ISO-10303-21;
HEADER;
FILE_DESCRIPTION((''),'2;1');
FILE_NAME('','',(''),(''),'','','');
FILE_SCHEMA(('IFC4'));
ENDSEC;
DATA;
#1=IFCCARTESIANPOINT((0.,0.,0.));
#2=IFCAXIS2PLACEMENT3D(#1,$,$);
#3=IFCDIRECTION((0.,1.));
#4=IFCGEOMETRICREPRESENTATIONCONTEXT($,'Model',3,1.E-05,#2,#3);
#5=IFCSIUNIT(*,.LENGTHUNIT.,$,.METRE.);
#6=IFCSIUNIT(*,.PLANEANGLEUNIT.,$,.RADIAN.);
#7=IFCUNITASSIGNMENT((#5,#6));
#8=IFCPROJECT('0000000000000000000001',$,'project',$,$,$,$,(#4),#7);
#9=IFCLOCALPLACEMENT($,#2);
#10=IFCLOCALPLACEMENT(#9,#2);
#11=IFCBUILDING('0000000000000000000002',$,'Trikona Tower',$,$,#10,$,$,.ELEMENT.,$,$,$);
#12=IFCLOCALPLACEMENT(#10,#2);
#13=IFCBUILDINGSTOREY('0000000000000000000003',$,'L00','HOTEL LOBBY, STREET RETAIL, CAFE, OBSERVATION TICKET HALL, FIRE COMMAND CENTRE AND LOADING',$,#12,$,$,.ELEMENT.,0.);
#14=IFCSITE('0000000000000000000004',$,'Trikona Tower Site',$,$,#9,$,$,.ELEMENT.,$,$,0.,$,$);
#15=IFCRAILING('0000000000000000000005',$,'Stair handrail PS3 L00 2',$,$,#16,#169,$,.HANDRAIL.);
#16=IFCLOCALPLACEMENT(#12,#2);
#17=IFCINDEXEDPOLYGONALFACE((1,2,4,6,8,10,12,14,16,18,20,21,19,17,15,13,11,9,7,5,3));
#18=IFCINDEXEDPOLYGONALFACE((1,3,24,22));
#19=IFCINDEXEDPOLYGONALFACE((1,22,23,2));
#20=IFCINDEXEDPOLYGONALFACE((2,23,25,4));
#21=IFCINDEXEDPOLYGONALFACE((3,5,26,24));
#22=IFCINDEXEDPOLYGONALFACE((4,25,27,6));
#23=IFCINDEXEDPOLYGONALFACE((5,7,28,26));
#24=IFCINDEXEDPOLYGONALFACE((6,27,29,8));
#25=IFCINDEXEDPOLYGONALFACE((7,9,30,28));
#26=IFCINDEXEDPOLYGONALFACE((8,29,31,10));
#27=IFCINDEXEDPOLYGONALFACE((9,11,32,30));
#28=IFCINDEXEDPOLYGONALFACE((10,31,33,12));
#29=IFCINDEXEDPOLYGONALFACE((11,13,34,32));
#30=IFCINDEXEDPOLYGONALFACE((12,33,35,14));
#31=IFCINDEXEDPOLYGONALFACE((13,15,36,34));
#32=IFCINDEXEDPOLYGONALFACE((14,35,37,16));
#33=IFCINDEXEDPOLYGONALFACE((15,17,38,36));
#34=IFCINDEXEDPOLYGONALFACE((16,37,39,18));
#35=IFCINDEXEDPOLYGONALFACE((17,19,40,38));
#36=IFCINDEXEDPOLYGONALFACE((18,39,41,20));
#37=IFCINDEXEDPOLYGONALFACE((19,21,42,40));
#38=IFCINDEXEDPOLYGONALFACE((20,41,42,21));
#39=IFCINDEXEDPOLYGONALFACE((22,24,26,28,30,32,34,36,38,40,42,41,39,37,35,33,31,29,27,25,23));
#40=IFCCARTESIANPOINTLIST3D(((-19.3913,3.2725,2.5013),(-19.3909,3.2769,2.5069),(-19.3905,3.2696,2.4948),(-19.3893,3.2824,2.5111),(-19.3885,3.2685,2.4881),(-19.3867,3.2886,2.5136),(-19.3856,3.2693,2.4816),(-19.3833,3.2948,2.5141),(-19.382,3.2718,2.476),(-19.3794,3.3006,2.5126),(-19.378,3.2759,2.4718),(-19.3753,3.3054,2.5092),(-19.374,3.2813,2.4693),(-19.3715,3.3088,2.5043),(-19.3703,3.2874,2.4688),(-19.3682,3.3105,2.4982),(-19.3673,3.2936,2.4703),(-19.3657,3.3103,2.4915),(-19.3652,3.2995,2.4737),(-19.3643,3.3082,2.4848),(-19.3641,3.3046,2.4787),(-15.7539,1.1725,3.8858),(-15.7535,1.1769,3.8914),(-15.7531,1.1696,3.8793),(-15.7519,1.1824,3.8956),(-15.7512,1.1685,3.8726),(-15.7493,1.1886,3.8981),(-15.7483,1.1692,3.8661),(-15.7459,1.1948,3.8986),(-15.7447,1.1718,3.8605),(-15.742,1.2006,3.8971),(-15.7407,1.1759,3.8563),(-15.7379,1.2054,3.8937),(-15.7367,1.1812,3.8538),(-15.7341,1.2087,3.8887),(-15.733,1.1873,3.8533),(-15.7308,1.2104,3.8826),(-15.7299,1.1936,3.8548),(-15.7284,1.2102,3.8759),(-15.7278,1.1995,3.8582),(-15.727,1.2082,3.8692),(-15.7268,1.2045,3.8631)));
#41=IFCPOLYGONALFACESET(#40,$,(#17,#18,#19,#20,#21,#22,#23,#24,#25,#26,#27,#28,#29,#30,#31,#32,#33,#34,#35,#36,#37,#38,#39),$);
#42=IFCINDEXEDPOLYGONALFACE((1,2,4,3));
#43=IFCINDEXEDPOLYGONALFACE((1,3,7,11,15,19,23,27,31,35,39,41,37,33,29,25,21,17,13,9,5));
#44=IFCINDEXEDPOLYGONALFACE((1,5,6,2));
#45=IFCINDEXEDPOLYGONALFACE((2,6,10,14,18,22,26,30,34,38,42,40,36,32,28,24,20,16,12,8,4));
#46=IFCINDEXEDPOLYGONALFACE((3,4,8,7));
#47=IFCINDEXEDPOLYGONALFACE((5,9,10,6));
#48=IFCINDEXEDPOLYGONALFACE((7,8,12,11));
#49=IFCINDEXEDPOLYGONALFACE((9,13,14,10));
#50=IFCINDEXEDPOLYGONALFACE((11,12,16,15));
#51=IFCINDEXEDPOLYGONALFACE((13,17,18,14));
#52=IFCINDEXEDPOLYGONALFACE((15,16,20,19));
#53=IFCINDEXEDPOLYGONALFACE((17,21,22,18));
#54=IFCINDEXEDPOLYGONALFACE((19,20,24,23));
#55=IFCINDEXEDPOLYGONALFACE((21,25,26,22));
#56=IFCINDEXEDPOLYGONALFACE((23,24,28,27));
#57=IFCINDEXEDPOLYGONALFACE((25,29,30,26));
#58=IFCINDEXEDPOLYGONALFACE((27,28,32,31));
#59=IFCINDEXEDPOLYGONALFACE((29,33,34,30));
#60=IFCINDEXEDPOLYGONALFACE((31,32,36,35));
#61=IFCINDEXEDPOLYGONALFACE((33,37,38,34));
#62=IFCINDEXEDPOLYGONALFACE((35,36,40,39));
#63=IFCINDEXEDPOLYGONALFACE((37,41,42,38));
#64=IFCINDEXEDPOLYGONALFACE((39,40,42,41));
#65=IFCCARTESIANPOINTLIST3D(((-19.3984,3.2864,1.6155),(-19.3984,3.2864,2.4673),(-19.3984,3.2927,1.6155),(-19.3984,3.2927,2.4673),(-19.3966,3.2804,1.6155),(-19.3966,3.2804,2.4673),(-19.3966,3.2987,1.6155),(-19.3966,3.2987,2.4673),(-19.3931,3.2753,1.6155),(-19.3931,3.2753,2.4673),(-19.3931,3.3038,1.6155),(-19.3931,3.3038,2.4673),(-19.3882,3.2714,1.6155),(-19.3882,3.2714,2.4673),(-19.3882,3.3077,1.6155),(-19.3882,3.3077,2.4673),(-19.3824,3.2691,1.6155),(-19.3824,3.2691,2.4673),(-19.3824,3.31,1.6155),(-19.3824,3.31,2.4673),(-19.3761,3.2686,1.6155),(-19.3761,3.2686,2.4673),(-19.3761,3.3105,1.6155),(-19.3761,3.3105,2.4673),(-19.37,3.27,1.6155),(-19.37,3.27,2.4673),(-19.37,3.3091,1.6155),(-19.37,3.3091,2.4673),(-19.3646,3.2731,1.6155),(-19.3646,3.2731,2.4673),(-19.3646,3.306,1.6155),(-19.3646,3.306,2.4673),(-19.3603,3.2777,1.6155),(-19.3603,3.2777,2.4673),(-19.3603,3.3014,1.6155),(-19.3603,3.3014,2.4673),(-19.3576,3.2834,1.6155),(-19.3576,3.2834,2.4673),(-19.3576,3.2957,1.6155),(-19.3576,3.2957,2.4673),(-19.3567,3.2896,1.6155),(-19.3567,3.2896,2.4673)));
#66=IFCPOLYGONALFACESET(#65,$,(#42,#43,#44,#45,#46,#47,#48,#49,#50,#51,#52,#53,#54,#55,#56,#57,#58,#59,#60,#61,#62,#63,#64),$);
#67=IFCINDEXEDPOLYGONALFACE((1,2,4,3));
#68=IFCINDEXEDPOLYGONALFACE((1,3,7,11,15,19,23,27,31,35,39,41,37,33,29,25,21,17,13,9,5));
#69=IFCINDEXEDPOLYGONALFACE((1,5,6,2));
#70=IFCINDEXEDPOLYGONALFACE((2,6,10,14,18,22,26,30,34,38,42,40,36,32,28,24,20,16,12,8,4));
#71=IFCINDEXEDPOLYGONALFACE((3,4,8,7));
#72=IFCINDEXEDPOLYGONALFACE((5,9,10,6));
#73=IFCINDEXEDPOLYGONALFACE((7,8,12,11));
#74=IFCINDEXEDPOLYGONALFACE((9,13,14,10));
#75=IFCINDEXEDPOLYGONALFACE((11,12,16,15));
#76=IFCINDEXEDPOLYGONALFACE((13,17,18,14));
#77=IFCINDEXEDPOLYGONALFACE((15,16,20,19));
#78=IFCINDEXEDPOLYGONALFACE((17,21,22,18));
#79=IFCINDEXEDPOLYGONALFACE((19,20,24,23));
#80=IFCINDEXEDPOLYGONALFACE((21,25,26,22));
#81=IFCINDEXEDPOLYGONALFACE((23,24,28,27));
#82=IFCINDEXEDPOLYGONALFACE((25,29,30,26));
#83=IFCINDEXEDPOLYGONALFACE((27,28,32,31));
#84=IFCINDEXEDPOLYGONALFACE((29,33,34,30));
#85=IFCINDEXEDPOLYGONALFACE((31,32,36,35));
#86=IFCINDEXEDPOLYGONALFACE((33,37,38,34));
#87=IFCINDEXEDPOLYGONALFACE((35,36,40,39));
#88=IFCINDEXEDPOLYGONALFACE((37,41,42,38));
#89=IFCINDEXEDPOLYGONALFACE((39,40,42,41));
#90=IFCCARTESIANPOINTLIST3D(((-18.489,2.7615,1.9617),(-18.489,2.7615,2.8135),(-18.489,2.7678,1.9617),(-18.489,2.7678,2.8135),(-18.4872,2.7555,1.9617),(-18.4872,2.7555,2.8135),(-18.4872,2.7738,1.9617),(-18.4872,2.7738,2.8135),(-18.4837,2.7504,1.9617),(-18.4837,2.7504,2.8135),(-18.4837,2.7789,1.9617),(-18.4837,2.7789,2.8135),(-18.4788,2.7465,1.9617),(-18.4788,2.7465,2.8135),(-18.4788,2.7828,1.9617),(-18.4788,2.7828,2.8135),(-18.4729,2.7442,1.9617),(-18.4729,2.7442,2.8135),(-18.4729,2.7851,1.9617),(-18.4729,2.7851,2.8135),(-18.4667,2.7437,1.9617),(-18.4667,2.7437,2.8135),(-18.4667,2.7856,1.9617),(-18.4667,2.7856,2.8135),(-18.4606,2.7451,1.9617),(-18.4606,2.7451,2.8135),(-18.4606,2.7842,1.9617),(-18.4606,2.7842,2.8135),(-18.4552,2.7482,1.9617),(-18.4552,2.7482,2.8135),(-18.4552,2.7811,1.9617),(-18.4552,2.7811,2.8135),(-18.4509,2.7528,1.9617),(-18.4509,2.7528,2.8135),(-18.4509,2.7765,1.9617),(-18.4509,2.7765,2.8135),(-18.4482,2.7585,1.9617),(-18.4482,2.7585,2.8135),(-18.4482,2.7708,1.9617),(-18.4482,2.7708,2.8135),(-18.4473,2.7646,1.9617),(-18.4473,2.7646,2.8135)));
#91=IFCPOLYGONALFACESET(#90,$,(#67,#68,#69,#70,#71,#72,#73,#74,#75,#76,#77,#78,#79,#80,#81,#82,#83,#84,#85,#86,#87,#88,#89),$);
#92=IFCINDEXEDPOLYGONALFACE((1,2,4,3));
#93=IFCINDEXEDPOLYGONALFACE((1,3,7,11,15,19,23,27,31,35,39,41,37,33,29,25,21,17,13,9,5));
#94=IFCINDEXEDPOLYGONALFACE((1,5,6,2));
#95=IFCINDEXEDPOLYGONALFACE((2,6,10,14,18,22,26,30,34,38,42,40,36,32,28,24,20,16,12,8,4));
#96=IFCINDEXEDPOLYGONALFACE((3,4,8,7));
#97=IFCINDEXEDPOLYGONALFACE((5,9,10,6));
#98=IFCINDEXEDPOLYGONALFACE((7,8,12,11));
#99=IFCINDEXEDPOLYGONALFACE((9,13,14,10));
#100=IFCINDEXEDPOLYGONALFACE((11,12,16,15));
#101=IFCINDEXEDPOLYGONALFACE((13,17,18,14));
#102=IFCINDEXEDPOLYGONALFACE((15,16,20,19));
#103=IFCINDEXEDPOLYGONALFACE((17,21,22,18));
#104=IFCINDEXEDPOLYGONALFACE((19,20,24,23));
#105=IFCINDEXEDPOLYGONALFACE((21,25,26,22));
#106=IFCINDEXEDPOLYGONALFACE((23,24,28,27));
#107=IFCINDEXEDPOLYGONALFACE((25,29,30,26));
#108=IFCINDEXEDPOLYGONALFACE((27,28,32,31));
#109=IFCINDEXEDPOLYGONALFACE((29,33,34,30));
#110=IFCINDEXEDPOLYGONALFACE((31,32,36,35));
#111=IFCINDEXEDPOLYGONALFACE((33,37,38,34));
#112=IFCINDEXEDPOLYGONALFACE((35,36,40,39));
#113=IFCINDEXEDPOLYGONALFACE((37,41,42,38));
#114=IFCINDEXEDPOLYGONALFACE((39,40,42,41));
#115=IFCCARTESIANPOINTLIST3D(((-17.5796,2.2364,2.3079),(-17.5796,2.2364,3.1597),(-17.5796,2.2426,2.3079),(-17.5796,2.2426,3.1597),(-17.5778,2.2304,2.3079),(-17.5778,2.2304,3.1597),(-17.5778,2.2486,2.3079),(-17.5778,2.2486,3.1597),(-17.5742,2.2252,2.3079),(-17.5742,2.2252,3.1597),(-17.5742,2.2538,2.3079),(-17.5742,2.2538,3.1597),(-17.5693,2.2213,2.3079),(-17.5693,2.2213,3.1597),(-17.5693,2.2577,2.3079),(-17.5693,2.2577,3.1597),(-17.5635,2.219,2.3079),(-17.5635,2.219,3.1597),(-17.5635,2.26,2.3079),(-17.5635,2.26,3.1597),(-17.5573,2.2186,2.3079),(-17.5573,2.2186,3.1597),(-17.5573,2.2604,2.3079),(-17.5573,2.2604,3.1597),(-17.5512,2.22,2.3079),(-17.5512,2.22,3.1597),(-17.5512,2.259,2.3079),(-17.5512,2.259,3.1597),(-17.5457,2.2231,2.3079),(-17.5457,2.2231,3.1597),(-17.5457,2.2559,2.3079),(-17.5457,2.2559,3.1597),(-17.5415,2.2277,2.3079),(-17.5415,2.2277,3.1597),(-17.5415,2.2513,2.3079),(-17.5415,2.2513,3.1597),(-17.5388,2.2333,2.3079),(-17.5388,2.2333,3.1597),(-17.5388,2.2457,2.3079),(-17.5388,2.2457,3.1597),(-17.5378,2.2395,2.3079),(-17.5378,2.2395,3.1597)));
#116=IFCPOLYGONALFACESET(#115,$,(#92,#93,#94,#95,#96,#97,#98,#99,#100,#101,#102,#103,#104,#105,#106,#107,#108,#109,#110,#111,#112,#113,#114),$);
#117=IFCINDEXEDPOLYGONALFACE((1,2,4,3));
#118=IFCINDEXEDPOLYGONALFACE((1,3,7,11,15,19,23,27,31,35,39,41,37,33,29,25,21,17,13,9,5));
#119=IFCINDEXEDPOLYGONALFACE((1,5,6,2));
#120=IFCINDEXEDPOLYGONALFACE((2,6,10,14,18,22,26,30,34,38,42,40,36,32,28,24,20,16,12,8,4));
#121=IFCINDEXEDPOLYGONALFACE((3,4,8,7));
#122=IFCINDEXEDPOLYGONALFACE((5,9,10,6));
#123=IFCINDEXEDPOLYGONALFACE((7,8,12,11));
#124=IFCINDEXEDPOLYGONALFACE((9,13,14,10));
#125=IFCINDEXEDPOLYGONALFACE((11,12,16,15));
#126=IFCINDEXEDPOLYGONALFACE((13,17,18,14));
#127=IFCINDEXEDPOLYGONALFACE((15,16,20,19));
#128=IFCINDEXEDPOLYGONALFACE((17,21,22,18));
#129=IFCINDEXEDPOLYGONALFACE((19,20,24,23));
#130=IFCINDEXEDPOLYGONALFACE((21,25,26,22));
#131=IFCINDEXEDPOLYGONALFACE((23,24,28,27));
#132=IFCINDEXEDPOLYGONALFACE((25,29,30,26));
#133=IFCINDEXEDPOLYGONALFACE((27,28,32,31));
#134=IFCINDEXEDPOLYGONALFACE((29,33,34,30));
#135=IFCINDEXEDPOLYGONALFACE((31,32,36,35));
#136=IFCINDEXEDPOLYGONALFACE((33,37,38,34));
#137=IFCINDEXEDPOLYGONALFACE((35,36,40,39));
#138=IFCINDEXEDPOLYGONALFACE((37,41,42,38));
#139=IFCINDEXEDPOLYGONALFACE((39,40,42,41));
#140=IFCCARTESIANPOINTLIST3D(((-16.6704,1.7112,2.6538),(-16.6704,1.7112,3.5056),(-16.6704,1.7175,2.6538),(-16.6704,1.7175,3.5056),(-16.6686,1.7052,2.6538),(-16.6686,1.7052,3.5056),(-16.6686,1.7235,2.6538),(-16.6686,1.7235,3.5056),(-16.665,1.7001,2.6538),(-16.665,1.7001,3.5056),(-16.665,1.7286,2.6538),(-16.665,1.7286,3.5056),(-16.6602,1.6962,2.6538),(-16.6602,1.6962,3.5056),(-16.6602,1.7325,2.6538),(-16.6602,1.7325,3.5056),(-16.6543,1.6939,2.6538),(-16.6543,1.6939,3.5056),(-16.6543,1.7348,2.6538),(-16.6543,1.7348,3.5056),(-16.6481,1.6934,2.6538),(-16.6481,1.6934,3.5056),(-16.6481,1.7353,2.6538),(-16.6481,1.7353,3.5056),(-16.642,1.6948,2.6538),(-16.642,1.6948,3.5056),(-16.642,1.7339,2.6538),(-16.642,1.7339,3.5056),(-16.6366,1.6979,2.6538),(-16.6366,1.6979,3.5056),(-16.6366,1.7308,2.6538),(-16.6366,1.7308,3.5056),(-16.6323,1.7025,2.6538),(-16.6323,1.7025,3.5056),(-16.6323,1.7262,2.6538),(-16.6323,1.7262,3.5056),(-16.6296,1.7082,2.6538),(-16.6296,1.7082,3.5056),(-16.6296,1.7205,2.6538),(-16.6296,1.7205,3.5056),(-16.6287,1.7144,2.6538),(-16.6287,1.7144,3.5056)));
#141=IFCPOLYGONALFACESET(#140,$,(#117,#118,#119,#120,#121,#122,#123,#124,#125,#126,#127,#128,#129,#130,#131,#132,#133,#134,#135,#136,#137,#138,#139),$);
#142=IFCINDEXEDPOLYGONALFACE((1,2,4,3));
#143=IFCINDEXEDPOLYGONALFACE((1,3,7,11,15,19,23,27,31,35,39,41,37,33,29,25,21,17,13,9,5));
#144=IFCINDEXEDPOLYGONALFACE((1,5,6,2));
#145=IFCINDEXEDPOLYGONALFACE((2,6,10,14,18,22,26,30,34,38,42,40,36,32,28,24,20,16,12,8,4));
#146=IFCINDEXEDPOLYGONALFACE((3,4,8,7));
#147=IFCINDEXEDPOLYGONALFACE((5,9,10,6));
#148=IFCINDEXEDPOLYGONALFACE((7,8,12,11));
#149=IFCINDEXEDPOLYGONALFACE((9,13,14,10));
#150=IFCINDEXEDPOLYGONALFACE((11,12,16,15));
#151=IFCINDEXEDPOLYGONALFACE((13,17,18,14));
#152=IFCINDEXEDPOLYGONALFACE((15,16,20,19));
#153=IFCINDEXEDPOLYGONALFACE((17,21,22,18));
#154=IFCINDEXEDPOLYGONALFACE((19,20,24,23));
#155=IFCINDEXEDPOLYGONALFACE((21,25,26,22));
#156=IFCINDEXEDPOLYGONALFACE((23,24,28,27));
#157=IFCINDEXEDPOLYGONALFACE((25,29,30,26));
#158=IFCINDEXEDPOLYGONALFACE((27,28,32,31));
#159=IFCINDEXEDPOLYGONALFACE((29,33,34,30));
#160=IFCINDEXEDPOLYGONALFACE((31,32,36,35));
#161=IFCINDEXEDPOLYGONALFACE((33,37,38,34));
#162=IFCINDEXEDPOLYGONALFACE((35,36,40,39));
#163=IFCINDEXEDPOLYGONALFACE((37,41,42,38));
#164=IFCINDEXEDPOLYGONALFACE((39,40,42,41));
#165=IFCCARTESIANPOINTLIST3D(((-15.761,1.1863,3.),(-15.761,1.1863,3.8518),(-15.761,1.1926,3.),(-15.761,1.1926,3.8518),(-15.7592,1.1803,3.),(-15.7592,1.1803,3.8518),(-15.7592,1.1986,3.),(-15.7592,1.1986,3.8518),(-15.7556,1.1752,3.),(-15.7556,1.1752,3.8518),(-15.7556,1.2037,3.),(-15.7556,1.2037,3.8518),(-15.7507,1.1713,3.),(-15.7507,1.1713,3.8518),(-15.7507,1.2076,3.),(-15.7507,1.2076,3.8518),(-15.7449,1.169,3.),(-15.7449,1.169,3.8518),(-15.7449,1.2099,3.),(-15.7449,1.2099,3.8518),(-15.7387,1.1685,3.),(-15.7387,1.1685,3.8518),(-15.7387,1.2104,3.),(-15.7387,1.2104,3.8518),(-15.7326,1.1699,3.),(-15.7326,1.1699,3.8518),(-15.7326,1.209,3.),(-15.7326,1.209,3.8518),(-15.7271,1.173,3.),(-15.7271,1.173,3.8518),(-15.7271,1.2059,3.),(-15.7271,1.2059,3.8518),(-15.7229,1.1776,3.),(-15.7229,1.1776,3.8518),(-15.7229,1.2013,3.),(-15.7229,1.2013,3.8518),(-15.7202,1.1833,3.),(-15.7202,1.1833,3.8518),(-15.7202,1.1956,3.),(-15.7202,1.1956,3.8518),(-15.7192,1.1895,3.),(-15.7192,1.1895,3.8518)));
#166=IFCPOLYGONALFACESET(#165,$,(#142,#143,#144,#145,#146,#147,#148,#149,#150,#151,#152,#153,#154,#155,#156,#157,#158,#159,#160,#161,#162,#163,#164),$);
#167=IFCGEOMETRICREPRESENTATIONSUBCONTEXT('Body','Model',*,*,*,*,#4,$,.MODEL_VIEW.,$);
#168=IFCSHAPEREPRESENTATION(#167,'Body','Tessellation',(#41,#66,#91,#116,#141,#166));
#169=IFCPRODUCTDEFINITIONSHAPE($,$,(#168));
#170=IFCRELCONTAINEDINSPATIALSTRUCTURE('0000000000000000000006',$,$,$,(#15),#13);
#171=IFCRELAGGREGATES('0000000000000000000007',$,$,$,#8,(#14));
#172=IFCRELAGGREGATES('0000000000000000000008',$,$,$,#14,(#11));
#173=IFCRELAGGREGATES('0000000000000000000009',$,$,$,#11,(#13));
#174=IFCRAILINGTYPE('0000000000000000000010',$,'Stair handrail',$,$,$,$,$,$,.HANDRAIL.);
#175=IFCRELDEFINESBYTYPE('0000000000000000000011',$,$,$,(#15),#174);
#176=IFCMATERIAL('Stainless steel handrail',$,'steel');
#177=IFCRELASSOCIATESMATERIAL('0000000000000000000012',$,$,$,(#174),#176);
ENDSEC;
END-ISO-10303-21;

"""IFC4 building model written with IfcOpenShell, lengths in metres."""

from ifc_helpers import new_model, si_unit, direction, frame, origin, origin_2d, place, context, subcontext, project, spatial, circle, extrude, material, type_object, element, save


model = new_model("IFC4")

# Units and contexts
model_context = context("Model", 3, precision=1e-05, world=origin(), true_north=direction((0.0, 1.0)))
body_context = subcontext(model_context, "Body", "Model", "MODEL_VIEW")
ifc_project = project(units=[si_unit("LENGTHUNIT", "METRE"), si_unit("PLANEANGLEUNIT", "RADIAN")], contexts=[model_context])

# Site, building, storey
site_placement = place(None, origin())
site = spatial("IfcSite", under=ifc_project, at=site_placement, Name="Trikona Tower Site", CompositionType="ELEMENT", RefElevation=0.0)
building_placement = place(site_placement, origin())
building = spatial("IfcBuilding", under=site, at=building_placement, Name="Trikona Tower", CompositionType="ELEMENT")
storey_placement = place(building_placement, origin())
storey = spatial("IfcBuildingStorey", under=building, at=storey_placement, Name="L00", Description="HOTEL LOBBY, STREET RETAIL, CAFE, OBSERVATION TICKET HALL, FIRE COMMAND CENTRE AND LOADING", CompositionType="ELEMENT", Elevation=0.0)

# Railing
ifc_material_1 = material(Name="Stainless steel handrail", Category="steel")
railing_type = type_object("IfcRailingType", Name="Stair handrail", PredefinedType="HANDRAIL", material=ifc_material_1)
railing_1_placement = place(storey_placement, frame((-19.3777, 3.2896, 1.6155)))
element("IfcRailing", 1, at=railing_1_placement, inside=storey, type_object=railing_type, Name="Stair handrail PS3 L00 2", PredefinedType="HANDRAIL", context=body_context, shape_type="SweptSolid", body=[
    extrude(circle(Radius=0.0239, at=origin_2d()), frame((0.0, 0.0, 0.876), z_axis=(0.822491, -0.474868, 0.313064), x_axis=(0.500003, 0.866024, 0.0)), (0.0, 0.0, 1.0), 4.4224),
    extrude(circle(Radius=0.021, at=origin_2d()), origin(), (0.0, 0.0, 1.0), 0.8518),
    extrude(circle(Radius=0.021, at=origin_2d()), frame((0.9094, -0.5249, 0.3462)), (0.0, 0.0, 1.0), 0.8518),
    extrude(circle(Radius=0.021, at=origin_2d()), frame((1.8188, -1.05, 0.6924)), (0.0, 0.0, 1.0), 0.8518),
    extrude(circle(Radius=0.021, at=origin_2d()), frame((2.728, -1.5752, 1.0383)), (0.0, 0.0, 1.0), 0.8518),
    extrude(circle(Radius=0.021, at=origin_2d()), frame((3.6375, -2.1001, 1.3845)), (0.0, 0.0, 1.0), 0.8518),
])

save(model, "model.ifc")
